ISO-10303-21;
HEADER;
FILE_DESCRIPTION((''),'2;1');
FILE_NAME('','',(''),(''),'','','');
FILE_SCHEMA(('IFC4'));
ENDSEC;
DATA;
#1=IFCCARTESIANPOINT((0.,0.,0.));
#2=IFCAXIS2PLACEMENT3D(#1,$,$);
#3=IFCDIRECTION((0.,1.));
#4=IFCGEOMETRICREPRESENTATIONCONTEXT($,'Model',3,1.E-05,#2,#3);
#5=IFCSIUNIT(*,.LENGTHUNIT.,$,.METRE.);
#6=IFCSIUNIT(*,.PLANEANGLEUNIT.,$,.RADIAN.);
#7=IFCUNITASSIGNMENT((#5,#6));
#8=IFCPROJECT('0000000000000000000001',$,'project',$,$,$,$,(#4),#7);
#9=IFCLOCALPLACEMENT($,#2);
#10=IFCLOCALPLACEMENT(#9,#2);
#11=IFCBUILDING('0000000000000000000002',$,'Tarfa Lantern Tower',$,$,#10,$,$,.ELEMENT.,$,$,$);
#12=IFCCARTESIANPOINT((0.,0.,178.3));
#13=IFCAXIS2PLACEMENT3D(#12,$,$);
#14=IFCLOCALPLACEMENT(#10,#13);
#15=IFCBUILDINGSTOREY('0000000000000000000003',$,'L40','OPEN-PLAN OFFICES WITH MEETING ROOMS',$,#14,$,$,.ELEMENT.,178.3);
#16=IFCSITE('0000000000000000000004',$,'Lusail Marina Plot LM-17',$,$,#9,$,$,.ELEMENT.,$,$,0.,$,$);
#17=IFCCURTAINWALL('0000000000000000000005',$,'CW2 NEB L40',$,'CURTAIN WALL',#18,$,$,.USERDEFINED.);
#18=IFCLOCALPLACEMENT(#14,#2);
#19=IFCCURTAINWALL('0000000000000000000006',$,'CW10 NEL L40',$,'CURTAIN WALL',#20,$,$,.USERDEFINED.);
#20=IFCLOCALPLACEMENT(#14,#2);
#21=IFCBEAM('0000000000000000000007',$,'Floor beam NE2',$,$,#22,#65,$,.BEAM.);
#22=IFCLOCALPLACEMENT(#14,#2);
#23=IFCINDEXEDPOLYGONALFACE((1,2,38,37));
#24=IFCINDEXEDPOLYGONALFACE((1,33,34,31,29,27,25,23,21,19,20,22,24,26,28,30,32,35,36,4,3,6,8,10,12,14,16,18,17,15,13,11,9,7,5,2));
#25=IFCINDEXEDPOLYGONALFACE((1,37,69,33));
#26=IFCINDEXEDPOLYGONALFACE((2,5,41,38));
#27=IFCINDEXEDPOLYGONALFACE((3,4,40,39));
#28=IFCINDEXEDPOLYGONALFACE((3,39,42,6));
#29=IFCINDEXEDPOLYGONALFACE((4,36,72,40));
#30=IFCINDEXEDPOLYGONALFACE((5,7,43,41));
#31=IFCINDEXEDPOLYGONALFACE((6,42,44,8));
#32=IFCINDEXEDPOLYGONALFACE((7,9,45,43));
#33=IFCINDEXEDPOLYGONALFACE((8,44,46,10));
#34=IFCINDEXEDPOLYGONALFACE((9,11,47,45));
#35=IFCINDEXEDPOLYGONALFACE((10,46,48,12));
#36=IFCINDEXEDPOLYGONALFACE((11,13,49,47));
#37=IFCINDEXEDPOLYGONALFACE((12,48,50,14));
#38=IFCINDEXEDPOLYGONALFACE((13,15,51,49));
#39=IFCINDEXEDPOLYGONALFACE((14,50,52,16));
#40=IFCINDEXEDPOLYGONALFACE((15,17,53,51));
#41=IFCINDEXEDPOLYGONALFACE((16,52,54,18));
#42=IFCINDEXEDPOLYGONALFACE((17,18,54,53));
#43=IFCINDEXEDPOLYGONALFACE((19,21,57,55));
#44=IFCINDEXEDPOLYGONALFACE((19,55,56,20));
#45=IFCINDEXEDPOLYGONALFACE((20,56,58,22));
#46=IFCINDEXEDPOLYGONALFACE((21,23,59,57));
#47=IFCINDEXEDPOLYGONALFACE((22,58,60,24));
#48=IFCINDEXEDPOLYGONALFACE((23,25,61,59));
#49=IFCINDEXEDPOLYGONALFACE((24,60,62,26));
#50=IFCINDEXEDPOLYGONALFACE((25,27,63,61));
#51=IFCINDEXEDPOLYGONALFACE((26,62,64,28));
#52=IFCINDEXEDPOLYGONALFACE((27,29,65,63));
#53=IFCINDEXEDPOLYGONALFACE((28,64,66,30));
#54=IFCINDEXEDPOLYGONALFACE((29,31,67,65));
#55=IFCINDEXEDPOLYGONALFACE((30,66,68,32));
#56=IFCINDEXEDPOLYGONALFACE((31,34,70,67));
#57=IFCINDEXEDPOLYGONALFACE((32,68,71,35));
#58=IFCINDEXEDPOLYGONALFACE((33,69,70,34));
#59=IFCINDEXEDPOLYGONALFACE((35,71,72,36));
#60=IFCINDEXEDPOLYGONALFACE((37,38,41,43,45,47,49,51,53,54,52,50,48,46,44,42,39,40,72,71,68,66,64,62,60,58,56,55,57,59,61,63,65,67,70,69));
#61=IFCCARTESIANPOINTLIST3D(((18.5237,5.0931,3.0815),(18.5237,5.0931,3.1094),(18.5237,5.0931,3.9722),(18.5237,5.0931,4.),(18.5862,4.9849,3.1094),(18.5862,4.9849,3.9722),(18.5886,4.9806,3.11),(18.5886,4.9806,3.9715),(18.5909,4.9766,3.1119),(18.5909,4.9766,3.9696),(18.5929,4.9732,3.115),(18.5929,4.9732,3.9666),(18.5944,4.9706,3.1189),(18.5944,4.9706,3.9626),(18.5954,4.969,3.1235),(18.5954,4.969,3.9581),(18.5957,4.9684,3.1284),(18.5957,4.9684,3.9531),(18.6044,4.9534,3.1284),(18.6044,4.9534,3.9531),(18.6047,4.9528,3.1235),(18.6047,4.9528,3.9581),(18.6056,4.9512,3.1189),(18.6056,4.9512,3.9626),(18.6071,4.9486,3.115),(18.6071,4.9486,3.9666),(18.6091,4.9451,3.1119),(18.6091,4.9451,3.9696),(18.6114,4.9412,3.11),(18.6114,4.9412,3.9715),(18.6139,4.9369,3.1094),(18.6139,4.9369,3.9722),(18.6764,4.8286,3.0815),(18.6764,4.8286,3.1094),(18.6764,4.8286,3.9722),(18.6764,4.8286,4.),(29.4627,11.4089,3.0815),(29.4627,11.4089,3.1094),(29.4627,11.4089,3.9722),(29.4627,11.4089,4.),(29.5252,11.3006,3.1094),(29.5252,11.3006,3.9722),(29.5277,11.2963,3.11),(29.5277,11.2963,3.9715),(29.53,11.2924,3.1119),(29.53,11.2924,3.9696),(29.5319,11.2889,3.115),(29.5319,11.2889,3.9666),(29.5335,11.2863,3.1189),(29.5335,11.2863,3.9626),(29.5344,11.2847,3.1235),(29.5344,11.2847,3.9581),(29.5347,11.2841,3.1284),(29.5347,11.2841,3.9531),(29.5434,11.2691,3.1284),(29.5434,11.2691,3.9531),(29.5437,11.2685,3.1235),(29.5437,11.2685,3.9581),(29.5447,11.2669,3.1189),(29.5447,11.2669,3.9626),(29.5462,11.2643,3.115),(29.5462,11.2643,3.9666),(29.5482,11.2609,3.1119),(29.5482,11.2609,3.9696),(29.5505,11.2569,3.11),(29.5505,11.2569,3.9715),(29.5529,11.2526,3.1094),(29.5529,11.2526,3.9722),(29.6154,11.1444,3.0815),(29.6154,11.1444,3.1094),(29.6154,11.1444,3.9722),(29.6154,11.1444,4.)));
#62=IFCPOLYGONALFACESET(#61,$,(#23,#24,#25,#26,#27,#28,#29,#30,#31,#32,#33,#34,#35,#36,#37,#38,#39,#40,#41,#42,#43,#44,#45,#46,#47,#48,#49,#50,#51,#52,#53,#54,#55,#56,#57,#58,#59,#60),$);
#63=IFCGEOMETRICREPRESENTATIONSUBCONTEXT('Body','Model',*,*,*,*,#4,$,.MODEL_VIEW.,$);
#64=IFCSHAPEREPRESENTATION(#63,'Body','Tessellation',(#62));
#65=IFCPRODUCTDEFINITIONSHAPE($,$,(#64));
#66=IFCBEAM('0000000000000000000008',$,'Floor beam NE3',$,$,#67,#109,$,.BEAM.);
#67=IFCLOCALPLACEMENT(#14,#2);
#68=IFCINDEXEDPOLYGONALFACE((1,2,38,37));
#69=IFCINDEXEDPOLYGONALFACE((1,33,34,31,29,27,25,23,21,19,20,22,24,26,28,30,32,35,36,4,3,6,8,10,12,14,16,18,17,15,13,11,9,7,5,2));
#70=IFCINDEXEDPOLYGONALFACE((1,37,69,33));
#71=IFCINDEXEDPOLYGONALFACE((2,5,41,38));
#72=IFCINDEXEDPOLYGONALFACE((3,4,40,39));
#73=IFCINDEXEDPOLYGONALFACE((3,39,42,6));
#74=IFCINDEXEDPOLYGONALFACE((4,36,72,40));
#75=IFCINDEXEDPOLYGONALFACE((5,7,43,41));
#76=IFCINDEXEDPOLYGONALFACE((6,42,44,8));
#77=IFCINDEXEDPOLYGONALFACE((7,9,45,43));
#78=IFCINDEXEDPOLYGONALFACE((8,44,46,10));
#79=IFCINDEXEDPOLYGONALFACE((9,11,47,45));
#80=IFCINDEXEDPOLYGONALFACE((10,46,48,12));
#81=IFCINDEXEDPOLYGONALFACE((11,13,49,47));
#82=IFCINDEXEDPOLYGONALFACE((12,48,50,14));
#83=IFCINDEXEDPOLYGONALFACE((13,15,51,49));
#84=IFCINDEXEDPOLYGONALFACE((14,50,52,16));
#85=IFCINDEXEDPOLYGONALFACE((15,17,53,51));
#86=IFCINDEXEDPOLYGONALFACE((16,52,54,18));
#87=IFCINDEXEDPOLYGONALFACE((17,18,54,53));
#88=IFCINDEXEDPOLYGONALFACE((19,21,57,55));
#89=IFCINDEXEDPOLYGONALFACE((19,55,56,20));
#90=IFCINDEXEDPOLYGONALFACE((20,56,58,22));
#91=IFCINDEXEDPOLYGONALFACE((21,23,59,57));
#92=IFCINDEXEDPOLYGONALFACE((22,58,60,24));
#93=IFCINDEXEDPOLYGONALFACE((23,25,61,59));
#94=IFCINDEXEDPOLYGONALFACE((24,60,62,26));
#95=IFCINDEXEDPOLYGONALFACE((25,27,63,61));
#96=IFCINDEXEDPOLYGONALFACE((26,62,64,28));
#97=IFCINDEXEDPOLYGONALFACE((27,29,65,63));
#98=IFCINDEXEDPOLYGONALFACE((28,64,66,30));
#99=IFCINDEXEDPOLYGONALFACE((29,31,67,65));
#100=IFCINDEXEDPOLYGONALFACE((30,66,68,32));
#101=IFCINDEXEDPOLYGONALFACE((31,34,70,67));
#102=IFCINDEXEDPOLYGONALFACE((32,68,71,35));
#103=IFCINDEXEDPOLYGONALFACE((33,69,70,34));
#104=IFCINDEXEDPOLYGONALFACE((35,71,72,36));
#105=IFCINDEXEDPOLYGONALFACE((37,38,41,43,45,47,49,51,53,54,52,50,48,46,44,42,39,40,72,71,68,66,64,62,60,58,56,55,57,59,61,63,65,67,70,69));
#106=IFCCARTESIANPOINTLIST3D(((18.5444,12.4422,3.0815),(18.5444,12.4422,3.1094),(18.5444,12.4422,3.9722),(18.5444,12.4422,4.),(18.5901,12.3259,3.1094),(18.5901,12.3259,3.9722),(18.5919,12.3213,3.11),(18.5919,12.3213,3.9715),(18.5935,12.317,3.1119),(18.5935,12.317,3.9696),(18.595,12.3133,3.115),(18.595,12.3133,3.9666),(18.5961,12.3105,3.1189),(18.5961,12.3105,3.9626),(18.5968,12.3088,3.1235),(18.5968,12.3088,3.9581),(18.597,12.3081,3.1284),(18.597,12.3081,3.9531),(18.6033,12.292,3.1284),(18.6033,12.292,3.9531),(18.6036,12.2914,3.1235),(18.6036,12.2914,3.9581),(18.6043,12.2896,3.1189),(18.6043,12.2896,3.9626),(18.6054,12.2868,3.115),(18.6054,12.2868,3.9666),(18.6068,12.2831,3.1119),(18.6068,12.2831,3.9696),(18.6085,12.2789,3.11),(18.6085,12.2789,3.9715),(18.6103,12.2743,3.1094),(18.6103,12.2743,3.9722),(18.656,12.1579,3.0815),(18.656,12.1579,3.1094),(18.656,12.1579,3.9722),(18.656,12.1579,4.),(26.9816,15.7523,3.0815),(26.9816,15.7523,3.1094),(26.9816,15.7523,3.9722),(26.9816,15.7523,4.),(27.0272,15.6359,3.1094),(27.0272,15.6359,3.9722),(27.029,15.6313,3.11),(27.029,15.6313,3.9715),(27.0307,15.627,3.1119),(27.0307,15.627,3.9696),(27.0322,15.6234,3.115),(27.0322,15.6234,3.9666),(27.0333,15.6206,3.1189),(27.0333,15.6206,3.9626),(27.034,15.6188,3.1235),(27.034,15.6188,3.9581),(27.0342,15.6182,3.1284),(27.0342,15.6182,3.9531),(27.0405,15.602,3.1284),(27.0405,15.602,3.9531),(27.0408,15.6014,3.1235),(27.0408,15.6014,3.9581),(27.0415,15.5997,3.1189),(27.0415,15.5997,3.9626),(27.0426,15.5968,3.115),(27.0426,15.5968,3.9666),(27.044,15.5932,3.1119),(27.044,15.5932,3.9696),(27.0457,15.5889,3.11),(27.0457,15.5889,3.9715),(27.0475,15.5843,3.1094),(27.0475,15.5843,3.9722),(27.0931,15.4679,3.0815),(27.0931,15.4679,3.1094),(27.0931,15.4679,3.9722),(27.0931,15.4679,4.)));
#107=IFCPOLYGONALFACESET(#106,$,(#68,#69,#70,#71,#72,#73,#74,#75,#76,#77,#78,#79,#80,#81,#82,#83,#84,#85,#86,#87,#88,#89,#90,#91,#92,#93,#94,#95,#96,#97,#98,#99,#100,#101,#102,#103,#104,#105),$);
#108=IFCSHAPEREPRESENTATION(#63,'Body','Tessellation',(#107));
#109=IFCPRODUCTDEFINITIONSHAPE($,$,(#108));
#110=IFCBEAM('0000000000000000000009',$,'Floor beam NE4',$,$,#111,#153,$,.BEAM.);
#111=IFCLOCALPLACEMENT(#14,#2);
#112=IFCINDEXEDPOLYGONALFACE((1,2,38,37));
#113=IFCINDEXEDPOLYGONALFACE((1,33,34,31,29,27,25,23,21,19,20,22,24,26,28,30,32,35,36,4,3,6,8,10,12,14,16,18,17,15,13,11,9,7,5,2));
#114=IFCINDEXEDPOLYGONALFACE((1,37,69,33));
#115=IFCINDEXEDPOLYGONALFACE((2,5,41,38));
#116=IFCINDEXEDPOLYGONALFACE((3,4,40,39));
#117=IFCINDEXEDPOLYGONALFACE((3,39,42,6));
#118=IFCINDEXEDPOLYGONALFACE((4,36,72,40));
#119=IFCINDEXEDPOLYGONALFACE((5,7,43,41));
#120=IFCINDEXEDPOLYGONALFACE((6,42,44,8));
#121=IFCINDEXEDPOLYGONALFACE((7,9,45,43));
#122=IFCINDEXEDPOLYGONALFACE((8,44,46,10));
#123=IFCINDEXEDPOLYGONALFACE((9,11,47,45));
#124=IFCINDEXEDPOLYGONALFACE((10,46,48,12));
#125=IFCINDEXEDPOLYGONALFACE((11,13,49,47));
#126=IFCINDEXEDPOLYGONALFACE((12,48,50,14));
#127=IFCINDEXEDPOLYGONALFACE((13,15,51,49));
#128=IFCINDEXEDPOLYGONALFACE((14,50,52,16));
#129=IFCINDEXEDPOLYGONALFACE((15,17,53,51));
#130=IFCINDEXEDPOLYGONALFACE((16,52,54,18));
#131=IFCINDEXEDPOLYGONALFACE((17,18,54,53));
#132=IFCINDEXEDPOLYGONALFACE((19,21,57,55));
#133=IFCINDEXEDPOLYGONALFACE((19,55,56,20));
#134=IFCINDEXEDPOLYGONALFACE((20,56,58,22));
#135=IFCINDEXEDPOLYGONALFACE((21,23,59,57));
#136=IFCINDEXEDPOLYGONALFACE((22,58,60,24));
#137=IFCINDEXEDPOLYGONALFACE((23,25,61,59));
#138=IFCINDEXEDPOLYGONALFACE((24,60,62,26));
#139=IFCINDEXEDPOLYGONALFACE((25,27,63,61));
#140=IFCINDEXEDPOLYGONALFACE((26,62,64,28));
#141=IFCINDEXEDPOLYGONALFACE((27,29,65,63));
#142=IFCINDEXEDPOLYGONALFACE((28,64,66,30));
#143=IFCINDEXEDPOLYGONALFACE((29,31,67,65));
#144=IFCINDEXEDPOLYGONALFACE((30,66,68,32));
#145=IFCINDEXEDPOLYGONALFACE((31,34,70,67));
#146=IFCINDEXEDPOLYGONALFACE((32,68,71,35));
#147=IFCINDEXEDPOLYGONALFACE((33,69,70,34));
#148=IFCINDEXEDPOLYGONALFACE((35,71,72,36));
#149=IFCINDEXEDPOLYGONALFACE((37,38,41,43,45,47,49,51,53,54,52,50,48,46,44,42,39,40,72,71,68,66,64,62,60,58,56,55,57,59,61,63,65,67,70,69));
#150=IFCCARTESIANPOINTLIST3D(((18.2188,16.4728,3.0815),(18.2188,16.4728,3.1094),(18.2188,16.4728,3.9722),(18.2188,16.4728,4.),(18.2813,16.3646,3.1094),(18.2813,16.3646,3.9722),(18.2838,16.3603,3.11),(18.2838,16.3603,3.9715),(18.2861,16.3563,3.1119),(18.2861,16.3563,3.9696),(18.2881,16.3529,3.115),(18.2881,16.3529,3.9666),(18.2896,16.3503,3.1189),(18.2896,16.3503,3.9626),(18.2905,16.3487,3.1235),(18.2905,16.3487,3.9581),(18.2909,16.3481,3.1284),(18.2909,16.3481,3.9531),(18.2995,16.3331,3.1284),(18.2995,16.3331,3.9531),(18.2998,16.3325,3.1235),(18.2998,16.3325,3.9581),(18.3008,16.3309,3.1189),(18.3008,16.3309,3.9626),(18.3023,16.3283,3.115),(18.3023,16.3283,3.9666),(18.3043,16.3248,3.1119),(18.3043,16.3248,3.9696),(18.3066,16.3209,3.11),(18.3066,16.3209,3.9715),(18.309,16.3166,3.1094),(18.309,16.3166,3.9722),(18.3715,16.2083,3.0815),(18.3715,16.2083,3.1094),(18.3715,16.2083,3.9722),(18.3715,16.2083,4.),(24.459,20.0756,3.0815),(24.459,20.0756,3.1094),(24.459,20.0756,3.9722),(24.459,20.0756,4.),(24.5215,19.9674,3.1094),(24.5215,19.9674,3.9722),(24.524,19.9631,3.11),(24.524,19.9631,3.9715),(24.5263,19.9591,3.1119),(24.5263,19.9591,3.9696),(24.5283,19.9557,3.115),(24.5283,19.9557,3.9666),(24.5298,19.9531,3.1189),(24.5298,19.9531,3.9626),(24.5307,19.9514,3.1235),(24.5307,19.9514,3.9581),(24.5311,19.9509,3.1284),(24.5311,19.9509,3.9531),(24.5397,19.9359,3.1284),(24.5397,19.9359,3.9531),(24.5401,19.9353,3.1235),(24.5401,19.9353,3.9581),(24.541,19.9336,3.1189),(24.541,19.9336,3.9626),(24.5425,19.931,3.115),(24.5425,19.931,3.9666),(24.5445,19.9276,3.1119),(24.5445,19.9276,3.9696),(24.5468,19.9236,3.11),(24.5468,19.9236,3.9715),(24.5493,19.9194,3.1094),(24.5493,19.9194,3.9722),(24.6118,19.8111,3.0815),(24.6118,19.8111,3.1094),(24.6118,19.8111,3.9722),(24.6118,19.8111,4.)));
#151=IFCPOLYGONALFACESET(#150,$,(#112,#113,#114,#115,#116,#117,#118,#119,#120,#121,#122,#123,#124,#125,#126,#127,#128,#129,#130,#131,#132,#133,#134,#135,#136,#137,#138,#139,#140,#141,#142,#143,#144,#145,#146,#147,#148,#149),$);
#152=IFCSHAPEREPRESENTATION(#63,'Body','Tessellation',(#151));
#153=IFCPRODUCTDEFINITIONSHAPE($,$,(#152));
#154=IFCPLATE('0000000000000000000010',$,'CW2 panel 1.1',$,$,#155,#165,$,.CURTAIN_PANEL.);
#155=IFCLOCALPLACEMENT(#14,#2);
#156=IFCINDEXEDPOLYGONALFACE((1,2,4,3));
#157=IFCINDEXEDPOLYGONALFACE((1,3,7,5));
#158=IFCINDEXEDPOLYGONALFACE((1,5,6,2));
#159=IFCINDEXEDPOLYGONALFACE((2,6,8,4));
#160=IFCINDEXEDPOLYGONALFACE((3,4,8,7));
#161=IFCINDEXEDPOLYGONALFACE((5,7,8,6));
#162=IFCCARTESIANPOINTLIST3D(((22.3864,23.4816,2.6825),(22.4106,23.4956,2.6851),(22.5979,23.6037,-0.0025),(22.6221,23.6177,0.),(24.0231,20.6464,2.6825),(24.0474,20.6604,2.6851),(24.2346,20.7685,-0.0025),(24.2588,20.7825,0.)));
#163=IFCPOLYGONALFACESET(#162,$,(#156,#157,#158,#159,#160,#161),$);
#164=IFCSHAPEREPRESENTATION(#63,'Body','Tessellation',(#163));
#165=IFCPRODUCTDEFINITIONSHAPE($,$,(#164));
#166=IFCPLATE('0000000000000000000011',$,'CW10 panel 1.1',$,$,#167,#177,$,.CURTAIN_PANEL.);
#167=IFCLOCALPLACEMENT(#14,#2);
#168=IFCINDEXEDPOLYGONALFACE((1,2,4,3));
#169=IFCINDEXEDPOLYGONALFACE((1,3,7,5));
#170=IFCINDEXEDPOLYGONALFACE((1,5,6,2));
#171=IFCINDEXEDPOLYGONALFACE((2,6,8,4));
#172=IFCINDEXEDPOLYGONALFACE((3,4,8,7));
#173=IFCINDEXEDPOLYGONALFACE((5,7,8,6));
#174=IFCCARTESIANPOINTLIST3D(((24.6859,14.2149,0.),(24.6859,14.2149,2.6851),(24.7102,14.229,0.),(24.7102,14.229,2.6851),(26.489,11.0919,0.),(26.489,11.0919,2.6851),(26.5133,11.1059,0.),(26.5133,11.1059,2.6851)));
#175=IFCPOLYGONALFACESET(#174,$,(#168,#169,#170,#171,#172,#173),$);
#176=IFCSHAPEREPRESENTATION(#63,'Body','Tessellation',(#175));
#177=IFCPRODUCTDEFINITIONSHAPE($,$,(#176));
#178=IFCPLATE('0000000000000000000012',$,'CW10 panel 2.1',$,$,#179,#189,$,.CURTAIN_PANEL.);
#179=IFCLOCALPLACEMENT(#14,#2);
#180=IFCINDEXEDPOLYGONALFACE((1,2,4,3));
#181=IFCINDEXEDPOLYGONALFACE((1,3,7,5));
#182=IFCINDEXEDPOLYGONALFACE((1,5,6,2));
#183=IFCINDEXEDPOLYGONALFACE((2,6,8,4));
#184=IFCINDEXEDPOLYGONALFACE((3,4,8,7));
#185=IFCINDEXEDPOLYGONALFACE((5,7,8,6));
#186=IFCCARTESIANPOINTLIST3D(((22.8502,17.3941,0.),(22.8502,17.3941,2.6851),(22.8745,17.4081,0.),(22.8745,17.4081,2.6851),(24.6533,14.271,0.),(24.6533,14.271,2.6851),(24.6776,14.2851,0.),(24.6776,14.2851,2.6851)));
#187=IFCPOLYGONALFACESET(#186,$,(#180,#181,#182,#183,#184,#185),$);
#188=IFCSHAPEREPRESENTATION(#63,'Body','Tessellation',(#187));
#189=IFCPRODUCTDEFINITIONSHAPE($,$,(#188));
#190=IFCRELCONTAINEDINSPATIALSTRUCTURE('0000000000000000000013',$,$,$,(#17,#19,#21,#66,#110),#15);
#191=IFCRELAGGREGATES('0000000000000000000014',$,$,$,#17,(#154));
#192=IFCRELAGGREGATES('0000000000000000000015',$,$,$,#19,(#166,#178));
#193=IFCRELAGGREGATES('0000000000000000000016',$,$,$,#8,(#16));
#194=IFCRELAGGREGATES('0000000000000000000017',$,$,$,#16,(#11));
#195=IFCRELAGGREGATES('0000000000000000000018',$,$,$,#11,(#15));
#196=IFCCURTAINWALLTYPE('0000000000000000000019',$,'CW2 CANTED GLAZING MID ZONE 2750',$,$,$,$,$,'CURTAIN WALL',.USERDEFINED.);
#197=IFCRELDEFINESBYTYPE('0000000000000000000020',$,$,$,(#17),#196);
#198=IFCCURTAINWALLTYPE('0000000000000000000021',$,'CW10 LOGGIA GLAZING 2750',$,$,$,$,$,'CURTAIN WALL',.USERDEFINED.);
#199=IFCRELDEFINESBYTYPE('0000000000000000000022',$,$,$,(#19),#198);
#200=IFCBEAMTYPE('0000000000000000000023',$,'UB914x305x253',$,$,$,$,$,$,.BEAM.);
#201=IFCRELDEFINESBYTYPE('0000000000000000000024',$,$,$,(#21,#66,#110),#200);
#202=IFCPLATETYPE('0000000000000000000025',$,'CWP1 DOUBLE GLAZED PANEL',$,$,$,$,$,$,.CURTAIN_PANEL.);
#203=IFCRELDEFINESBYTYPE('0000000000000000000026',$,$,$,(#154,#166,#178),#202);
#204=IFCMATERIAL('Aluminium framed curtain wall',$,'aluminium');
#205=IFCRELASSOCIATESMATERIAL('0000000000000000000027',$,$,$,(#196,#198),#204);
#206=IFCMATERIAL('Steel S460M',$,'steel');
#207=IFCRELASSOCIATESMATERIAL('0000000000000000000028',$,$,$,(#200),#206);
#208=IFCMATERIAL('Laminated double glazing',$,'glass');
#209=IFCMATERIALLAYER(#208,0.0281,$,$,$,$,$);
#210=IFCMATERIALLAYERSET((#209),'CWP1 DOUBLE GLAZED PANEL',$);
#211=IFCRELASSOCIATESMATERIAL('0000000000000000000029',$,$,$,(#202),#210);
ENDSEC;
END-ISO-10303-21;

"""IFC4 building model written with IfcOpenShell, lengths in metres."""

from ifc_helpers import new_model, si_unit, direction, frame, origin, origin_2d, place, context, subcontext, project, spatial, polyline, rectangle, i_section, outline, extrude, material, layer, layer_set, material_profile, profile_set, type_object, element, aggregate, save


model = new_model("IFC4")

# Units and contexts
model_context = context("Model", 3, precision=1e-05, world=origin(), true_north=direction((0.0, 1.0)))
body_context = subcontext(model_context, "Body", "Model", "MODEL_VIEW")
ifc_project = project(units=[si_unit("LENGTHUNIT", "METRE"), si_unit("PLANEANGLEUNIT", "RADIAN")], contexts=[model_context])

# Site, building, storey
site_placement = place(None, origin())
site = spatial("IfcSite", under=ifc_project, at=site_placement, Name="Lusail Marina Plot LM-17", CompositionType="ELEMENT", RefElevation=0.0)
building_placement = place(site_placement, origin())
building = spatial("IfcBuilding", under=site, at=building_placement, Name="Tarfa Lantern Tower", CompositionType="ELEMENT")
storey_placement = place(building_placement, frame((0.0, 0.0, 178.3)))
storey = spatial("IfcBuildingStorey", under=building, at=storey_placement, Name="L40", Description="OPEN-PLAN OFFICES WITH MEETING ROOMS", CompositionType="ELEMENT", Elevation=178.3)

# Curtain wall
ifc_material_1 = material(Name="Aluminium framed curtain wall", Category="aluminium")
curtain_wall_type_1 = type_object("IfcCurtainWallType", Name="CW2 CANTED GLAZING MID ZONE 2750", ElementType="CURTAIN WALL", PredefinedType="USERDEFINED", material=ifc_material_1)
curtain_wall_1_placement = place(storey_placement, origin())
curtain_wall_1 = element("IfcCurtainWall", 1, at=curtain_wall_1_placement, inside=storey, type_object=curtain_wall_type_1, Name="CW2 NEB L40", ObjectType="CURTAIN WALL", PredefinedType="USERDEFINED")

# Curtain wall
curtain_wall_type_2 = type_object("IfcCurtainWallType", Name="CW10 LOGGIA GLAZING 2750", ElementType="CURTAIN WALL", PredefinedType="USERDEFINED", material=ifc_material_1)
curtain_wall_2_placement = place(storey_placement, origin())
curtain_wall_2 = element("IfcCurtainWall", 2, at=curtain_wall_2_placement, inside=storey, type_object=curtain_wall_type_2, Name="CW10 NEL L40", ObjectType="CURTAIN WALL", PredefinedType="USERDEFINED")

# Beams
ifc_material_2 = material(Name="Steel S460M", Category="steel")
ifc_material_profile_1 = material_profile(ifc_material_2, i_section(OverallWidth=0.3054, OverallDepth=0.9185, WebThickness=0.0173, FlangeThickness=0.0278, FilletRadius=0.019, at=origin_2d()), Name="UB914x305x253")
ifc_profile_set_1 = profile_set([ifc_material_profile_1], Name="Steel S460M")
beam_type_1 = type_object("IfcBeamType", Name="UB914x305x253", PredefinedType="BEAM", material=ifc_profile_set_1)
beam_1_placement = place(storey_placement, frame((29.5391, 11.2766, 3.5408), z_axis=(-0.866023, -0.500004, 0.0), x_axis=(0.500004, -0.866023, 0.0)))
element("IfcBeam", 3, at=beam_1_placement, inside=storey, type_object=beam_type_1, Name="Floor beam NE2", PredefinedType="BEAM", context=body_context, shape_type="SweptSolid", body=[
    extrude(i_section(OverallWidth=0.3054, OverallDepth=0.9185, WebThickness=0.0173, FlangeThickness=0.0278, FilletRadius=0.019, at=origin_2d()), origin(), (0.0, 0.0, 1.0), 12.6313),
])
beam_2_placement = place(storey_placement, frame((27.0374, 15.6101, 3.5408), z_axis=(-0.930923, -0.365215, 0.0), x_axis=(0.365215, -0.930923, 0.0)))
element("IfcBeam", 4, at=beam_2_placement, inside=storey, type_object=beam_type_1, Name="Floor beam NE3", PredefinedType="BEAM", context=body_context, shape_type="SweptSolid", body=[
    extrude(i_section(OverallWidth=0.3054, OverallDepth=0.9185, WebThickness=0.0173, FlangeThickness=0.0278, FilletRadius=0.019, at=origin_2d()), origin(), (0.0, 0.0, 1.0), 9.0632),
])
beam_3_placement = place(storey_placement, frame((24.5354, 19.9434, 3.5408), z_axis=(-0.866026, -0.499998, 0.0), x_axis=(0.499998, -0.866026, 0.0)))
element("IfcBeam", 5, at=beam_3_placement, inside=storey, type_object=beam_type_1, Name="Floor beam NE4", PredefinedType="BEAM", context=body_context, shape_type="SweptSolid", body=[
    extrude(i_section(OverallWidth=0.3054, OverallDepth=0.9185, WebThickness=0.0173, FlangeThickness=0.0278, FilletRadius=0.019, at=origin_2d()), origin(), (0.0, 0.0, 1.0), 7.2056),
])

# Plates
ifc_material_3 = material(Name="Laminated double glazing", Category="glass")
ifc_layer_1 = layer(ifc_material_3, 0.0281)
ifc_layer_set_1 = layer_set([ifc_layer_1], Name="CWP1 DOUBLE GLAZED PANEL")
plate_type_1 = type_object("IfcPlateType", Name="CWP1 DOUBLE GLAZED PANEL", PredefinedType="CURTAIN_PANEL", material=ifc_layer_set_1)
plate_1_placement = place(storey_placement, frame((24.2588, 20.7825, 0.0), z_axis=(0.862492, 0.497903, 0.09055), x_axis=(-0.499957, 0.86605, 0.0)))
plate_1 = element("IfcPlate", 6, at=plate_1_placement, type_object=plate_type_1, Name="CW2 panel 1.1", PredefinedType="CURTAIN_PANEL", context=body_context, shape_type="SweptSolid", body=[
    extrude(outline(polyline([(0.0, 0.0), (3.2737, 0.0), (3.2737, 2.6961), (0.0, 2.6961), (0.0, 0.0)])), origin(), (0.0, 0.0, -1.0), 0.0281),
])
aggregate(curtain_wall_1, [plate_1])
plate_2_placement = place(storey_placement, frame((25.5996, 12.6604, 0.0), z_axis=(0.0, 0.0, 1.0), x_axis=(-0.5, 0.866025, 0.0)))
plate_2 = element("IfcPlate", 7, at=plate_2_placement, type_object=plate_type_1, Name="CW10 panel 1.1", PredefinedType="CURTAIN_PANEL", context=body_context, shape_type="SweptSolid", body=[
    extrude(rectangle(XDim=3.6062, YDim=0.0281, at=origin_2d()), origin(), (0.0, 0.0, 1.0), 2.6851),
])
plate_3_placement = place(storey_placement, frame((23.7639, 15.8396, 0.0), z_axis=(0.0, 0.0, 1.0), x_axis=(-0.5, 0.866025, 0.0)))
plate_3 = element("IfcPlate", 8, at=plate_3_placement, type_object=plate_type_1, Name="CW10 panel 2.1", PredefinedType="CURTAIN_PANEL", context=body_context, shape_type="SweptSolid", body=[
    extrude(rectangle(XDim=3.6062, YDim=0.0281, at=origin_2d()), origin(), (0.0, 0.0, 1.0), 2.6851),
])
aggregate(curtain_wall_2, [plate_2, plate_3])

save(model, "model.ifc")
